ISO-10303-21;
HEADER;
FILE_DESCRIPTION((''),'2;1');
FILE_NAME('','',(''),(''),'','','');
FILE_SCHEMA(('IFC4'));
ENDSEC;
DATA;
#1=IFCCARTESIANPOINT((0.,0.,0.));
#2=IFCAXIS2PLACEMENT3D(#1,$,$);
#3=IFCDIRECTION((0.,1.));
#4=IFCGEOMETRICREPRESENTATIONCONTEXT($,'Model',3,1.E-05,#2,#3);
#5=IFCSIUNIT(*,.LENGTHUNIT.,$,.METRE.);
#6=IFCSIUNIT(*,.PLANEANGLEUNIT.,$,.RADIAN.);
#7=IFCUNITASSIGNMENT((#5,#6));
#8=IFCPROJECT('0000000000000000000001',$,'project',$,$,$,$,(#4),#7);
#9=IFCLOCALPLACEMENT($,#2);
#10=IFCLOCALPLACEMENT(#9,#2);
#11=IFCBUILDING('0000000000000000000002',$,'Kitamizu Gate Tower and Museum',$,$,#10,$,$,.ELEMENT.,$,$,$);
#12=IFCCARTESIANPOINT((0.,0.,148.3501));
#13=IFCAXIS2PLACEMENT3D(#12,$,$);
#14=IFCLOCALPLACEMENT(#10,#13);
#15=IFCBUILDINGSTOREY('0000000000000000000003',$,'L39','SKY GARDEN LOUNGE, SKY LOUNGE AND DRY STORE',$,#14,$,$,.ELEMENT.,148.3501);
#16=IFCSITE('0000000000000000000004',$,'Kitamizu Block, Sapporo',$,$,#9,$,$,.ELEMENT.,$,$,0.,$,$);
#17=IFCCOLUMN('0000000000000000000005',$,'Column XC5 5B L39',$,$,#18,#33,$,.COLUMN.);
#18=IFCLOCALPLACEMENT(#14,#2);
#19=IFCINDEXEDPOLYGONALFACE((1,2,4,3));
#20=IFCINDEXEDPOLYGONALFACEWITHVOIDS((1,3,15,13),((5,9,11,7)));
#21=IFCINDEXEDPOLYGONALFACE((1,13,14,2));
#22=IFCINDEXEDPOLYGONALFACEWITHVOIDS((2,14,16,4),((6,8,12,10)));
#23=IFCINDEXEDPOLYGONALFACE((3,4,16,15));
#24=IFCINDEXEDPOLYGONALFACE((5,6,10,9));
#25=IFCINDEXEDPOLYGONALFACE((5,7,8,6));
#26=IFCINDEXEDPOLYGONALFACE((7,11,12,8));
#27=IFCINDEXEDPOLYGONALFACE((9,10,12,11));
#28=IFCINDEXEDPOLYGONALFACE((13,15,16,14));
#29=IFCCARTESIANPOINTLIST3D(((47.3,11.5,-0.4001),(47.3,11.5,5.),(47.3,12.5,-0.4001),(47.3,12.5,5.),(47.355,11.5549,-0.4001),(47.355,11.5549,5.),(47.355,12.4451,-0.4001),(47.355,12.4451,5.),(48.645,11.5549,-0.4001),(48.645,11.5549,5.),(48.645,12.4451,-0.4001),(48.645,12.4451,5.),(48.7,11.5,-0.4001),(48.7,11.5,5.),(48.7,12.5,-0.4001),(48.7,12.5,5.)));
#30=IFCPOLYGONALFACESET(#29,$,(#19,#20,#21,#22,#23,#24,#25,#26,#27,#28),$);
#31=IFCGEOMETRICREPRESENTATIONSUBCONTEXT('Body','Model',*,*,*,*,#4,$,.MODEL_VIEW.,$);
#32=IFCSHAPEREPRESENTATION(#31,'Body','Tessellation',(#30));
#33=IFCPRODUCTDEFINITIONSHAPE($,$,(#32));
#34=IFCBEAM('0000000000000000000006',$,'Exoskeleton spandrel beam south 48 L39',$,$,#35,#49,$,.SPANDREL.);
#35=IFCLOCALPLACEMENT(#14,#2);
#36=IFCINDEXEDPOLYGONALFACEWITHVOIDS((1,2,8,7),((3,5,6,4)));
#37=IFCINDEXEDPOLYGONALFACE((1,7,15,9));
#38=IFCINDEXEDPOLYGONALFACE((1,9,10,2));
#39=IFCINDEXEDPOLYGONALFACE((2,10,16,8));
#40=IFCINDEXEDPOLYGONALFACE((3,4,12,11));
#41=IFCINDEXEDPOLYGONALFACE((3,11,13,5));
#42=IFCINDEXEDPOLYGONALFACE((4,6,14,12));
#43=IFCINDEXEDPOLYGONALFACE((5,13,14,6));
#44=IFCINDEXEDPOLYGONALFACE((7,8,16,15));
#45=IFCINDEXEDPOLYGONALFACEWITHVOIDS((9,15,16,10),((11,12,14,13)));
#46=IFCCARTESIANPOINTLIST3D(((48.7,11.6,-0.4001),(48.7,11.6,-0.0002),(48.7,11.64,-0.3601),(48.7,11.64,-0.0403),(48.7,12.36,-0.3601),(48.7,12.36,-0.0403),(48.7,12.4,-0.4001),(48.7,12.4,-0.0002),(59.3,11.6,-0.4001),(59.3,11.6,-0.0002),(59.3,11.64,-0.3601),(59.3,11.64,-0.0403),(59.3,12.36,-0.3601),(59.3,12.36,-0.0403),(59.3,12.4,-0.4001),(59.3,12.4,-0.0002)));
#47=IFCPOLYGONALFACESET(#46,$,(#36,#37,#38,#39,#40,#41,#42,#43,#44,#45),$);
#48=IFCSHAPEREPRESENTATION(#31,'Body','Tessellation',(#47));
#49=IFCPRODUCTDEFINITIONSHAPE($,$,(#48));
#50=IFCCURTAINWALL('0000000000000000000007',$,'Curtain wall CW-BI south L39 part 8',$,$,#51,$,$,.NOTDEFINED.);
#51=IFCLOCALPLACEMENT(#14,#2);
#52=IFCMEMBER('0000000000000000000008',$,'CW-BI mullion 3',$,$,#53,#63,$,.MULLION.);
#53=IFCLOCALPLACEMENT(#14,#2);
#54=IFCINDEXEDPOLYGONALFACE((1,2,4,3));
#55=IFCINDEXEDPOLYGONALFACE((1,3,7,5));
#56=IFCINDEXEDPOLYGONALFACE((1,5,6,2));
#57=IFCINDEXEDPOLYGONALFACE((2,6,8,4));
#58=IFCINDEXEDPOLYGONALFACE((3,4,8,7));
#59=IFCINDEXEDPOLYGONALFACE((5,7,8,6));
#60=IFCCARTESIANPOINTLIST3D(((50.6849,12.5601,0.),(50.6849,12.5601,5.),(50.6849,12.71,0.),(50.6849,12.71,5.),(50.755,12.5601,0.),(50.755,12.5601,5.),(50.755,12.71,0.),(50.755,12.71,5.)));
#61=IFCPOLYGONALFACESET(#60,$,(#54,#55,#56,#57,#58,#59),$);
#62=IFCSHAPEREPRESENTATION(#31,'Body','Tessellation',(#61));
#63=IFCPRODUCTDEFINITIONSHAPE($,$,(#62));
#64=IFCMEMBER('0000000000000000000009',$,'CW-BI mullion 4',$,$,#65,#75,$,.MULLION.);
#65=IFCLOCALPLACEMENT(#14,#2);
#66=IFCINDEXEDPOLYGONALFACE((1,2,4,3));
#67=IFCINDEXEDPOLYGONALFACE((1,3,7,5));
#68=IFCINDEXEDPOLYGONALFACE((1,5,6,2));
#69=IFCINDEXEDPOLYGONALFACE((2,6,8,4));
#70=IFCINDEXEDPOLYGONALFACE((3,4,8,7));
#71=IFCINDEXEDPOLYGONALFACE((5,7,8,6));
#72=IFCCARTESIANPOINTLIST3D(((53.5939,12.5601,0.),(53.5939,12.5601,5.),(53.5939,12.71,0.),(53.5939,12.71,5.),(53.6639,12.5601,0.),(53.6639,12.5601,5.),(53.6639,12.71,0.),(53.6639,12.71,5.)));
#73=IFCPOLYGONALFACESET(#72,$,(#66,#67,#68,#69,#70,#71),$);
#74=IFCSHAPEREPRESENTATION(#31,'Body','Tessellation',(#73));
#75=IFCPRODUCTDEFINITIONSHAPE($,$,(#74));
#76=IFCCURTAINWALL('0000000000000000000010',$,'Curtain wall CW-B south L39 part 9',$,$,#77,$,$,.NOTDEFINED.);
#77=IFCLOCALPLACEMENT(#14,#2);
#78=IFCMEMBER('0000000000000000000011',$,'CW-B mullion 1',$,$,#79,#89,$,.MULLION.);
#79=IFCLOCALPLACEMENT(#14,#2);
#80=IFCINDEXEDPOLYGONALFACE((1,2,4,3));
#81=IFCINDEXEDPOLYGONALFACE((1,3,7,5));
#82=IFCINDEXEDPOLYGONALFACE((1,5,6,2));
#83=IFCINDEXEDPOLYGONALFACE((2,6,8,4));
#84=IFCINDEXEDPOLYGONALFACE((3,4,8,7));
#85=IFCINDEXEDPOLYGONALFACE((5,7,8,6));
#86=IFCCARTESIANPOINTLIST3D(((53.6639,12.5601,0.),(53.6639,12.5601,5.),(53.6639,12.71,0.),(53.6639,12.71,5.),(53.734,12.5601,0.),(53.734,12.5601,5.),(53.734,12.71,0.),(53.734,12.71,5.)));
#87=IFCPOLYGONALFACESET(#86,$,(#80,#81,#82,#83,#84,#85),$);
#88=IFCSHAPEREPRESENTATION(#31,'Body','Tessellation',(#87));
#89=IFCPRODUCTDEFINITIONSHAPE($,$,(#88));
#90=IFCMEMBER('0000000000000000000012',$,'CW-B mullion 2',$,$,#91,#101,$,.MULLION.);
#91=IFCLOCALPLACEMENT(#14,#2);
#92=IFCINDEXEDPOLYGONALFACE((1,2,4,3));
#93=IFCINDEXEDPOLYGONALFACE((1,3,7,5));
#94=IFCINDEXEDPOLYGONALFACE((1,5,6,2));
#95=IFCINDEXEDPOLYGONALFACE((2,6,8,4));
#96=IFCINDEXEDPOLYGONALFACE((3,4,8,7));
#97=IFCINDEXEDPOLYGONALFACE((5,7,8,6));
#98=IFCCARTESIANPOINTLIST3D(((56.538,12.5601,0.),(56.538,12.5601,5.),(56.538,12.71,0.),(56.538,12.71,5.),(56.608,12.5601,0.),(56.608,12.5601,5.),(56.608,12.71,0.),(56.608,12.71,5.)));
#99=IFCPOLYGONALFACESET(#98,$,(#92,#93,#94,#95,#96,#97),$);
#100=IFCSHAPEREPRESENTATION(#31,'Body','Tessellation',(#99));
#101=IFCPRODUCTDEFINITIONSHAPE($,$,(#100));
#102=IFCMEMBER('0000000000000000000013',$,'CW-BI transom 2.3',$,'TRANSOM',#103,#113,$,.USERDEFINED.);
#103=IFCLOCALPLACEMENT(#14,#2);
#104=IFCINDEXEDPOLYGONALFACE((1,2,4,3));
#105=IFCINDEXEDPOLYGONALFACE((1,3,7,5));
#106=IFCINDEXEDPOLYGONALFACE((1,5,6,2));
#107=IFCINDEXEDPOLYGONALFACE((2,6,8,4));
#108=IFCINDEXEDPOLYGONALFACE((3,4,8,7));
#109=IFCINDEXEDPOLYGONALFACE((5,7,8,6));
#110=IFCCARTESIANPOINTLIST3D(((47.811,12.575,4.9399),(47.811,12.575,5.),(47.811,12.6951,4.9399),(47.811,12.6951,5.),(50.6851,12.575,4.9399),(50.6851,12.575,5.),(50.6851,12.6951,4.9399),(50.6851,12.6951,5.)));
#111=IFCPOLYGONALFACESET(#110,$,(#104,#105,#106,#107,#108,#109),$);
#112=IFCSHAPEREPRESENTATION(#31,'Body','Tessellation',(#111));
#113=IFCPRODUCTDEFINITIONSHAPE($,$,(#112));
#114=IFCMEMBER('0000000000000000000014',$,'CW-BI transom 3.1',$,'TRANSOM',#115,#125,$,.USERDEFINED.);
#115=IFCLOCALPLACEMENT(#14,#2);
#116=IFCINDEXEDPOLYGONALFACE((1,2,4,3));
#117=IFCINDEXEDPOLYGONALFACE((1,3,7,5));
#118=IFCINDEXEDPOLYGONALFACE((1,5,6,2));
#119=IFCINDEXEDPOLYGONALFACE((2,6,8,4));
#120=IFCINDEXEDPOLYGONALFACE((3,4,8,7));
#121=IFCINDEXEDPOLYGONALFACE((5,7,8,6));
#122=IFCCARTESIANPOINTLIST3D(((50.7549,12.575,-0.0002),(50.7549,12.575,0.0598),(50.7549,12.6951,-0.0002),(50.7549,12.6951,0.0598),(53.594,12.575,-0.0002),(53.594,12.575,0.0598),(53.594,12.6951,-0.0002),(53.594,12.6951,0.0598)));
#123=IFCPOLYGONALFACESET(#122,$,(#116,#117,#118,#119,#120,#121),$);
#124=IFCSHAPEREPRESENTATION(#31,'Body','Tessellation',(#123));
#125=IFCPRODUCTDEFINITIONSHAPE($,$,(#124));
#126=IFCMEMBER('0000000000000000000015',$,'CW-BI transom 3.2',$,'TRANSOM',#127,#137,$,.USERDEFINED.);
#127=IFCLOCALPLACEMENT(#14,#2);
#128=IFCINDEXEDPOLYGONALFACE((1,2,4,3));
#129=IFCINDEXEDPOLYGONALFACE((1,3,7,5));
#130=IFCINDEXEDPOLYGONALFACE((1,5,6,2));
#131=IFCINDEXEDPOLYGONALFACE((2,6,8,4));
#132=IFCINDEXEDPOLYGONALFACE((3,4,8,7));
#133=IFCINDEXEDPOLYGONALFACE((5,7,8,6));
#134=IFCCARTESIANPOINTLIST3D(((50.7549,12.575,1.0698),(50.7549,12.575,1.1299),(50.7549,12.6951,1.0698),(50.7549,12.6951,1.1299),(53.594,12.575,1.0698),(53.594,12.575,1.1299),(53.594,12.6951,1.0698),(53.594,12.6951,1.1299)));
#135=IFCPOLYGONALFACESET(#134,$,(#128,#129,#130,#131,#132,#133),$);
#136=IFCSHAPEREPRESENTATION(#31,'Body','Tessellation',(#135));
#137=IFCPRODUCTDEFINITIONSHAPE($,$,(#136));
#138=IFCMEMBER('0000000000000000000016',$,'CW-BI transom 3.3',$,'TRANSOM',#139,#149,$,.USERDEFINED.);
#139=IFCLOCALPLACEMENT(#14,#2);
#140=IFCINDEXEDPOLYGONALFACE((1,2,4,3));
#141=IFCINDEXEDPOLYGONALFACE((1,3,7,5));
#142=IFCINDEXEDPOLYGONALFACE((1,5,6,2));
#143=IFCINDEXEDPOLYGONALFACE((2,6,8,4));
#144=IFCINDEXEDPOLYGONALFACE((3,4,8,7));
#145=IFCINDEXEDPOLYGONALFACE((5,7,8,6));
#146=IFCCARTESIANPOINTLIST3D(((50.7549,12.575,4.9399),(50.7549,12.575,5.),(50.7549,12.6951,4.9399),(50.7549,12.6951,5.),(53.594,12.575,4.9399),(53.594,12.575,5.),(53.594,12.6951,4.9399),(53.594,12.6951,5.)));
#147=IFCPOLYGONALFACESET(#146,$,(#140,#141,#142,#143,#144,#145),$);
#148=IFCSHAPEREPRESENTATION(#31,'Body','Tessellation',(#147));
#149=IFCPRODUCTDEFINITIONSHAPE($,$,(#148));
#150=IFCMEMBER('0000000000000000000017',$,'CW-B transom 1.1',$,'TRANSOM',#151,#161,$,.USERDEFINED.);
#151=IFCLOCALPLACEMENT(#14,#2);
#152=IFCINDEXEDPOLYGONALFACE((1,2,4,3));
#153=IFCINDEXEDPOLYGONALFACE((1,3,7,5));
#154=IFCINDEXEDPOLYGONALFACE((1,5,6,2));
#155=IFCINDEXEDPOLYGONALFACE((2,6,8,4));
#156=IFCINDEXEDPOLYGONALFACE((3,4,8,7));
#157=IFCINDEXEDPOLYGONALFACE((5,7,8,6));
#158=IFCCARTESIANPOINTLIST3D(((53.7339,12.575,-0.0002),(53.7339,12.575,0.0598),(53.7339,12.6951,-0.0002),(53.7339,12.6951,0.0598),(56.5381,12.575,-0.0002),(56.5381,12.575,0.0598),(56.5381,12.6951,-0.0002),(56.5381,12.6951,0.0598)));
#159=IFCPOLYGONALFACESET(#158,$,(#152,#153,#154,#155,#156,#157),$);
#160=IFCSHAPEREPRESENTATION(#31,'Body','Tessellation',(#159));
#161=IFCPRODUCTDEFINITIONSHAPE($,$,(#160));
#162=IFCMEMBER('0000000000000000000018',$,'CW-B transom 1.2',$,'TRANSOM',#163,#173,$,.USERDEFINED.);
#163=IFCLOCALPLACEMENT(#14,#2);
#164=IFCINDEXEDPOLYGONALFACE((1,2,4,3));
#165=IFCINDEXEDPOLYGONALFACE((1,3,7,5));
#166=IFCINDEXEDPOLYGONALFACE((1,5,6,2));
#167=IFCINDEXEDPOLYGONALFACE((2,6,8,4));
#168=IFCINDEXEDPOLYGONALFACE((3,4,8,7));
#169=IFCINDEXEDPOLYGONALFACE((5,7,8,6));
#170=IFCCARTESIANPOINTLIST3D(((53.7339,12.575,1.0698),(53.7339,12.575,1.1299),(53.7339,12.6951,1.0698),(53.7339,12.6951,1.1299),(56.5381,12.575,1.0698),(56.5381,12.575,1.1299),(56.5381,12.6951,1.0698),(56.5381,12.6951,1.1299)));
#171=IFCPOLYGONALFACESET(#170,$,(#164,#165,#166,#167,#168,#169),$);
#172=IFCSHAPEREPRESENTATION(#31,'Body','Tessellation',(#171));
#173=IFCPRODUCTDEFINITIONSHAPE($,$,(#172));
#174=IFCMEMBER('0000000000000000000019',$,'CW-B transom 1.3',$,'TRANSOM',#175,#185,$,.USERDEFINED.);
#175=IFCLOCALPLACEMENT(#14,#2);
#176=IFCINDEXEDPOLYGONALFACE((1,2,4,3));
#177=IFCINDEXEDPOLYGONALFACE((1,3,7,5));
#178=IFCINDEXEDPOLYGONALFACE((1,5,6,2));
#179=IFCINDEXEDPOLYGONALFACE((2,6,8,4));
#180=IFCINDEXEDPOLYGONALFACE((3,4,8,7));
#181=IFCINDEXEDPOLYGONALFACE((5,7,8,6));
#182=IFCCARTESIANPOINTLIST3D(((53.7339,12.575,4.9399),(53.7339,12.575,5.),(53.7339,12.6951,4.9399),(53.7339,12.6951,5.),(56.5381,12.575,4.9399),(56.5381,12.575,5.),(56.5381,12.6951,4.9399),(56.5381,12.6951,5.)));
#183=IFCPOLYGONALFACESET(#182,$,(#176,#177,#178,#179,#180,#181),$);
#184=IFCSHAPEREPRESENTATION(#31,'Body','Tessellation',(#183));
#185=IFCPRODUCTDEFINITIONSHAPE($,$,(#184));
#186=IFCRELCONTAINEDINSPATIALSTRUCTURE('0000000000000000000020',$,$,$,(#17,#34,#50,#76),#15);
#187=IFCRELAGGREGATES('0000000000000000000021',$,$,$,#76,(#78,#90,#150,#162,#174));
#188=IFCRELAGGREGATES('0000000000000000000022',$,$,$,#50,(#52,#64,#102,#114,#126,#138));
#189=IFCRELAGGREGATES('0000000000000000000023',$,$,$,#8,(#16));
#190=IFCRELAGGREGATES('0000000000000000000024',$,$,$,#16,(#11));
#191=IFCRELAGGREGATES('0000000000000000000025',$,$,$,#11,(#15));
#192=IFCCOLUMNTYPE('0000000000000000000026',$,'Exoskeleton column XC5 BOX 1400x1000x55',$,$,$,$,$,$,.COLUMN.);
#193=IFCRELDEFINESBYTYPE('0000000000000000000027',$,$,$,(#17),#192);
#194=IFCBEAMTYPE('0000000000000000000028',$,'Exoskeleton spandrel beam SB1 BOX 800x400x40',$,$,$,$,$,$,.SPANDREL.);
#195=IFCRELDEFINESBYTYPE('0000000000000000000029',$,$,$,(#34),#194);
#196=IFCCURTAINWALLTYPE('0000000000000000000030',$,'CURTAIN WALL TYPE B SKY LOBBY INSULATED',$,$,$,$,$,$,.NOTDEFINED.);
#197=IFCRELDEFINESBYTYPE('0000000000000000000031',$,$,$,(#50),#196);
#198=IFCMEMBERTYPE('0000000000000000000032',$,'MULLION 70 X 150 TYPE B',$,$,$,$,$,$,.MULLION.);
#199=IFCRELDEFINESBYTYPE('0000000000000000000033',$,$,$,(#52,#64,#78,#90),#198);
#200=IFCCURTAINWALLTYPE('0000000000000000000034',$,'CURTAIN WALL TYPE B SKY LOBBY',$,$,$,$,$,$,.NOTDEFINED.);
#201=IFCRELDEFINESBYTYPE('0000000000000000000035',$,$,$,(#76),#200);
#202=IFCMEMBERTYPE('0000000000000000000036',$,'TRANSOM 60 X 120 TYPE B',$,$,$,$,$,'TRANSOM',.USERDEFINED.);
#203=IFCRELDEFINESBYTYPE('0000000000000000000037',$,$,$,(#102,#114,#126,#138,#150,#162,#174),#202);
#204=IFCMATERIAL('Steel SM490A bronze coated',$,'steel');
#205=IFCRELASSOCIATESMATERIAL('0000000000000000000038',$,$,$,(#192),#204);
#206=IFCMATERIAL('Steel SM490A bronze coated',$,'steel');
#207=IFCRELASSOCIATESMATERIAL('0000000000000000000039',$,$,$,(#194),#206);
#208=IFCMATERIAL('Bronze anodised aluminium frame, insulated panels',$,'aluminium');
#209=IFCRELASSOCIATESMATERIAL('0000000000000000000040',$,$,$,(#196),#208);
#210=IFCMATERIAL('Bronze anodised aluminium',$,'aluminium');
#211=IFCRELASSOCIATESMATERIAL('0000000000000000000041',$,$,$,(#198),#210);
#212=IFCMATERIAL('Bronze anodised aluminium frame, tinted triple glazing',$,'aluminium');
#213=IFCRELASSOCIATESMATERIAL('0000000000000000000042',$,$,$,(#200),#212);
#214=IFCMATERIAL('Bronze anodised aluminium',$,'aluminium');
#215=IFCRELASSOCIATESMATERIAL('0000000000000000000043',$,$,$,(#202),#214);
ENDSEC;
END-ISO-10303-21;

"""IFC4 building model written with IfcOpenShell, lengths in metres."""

from ifc_helpers import new_model, si_unit, direction, frame, origin, origin_2d, place, context, subcontext, project, spatial, rectangle, hollow_rectangle, extrude, material, material_profile, profile_set, type_object, element, aggregate, save


model = new_model("IFC4")

# Units and contexts
model_context = context("Model", 3, precision=1e-05, world=origin(), true_north=direction((0.0, 1.0)))
body_context = subcontext(model_context, "Body", "Model", "MODEL_VIEW")
ifc_project = project(units=[si_unit("LENGTHUNIT", "METRE"), si_unit("PLANEANGLEUNIT", "RADIAN")], contexts=[model_context])

# Site, building, storey
site_placement = place(None, origin())
site = spatial("IfcSite", under=ifc_project, at=site_placement, Name="Kitamizu Block, Sapporo", CompositionType="ELEMENT", RefElevation=0.0)
building_placement = place(site_placement, origin())
building = spatial("IfcBuilding", under=site, at=building_placement, Name="Kitamizu Gate Tower and Museum", CompositionType="ELEMENT")
storey_placement = place(building_placement, frame((0.0, 0.0, 148.3501)))
storey = spatial("IfcBuildingStorey", under=building, at=storey_placement, Name="L39", Description="SKY GARDEN LOUNGE, SKY LOUNGE AND DRY STORE", CompositionType="ELEMENT", Elevation=148.3501)

# Column
ifc_material_1 = material(Name="Steel SM490A bronze coated", Category="steel")
ifc_material_profile_1 = material_profile(ifc_material_1, hollow_rectangle(XDim=1.3999, YDim=1.0, WallThickness=0.0549, at=origin_2d()), Name="BOX 1400x1000x55")
ifc_profile_set_1 = profile_set([ifc_material_profile_1], Name="Steel SM490A bronze coated")
column_type = type_object("IfcColumnType", Name="Exoskeleton column XC5 BOX 1400x1000x55", PredefinedType="COLUMN", material=ifc_profile_set_1)
column_placement = place(storey_placement, frame((48.0, 12.0, -0.4001), z_axis=(0.0, 0.0, 1.0), x_axis=(1.0, 0.0, 0.0)))
element("IfcColumn", 1, at=column_placement, inside=storey, type_object=column_type, Name="Column XC5 5B L39", PredefinedType="COLUMN", context=body_context, shape_type="SweptSolid", body=[
    extrude(hollow_rectangle(XDim=1.3999, YDim=1.0, WallThickness=0.0549, at=origin_2d()), origin(), (0.0, 0.0, 1.0), 5.4001),
])

# Beam
ifc_material_2 = material(Name="Steel SM490A bronze coated", Category="steel")
ifc_material_profile_2 = material_profile(ifc_material_2, hollow_rectangle(XDim=0.8, YDim=0.3999, WallThickness=0.04, at=origin_2d()), Name="BOX 800x400x40")
ifc_profile_set_2 = profile_set([ifc_material_profile_2], Name="Steel SM490A bronze coated")
beam_type = type_object("IfcBeamType", Name="Exoskeleton spandrel beam SB1 BOX 800x400x40", PredefinedType="SPANDREL", material=ifc_profile_set_2)
beam_placement = place(storey_placement, frame((48.7, 12.0, -0.2002), z_axis=(1.0, 0.0, 0.0), x_axis=(0.0, 1.0, 0.0)))
element("IfcBeam", 2, at=beam_placement, inside=storey, type_object=beam_type, Name="Exoskeleton spandrel beam south 48 L39", PredefinedType="SPANDREL", context=body_context, shape_type="SweptSolid", body=[
    extrude(hollow_rectangle(XDim=0.8, YDim=0.3999, WallThickness=0.04, at=origin_2d()), origin(), (0.0, 0.0, 1.0), 10.6001),
])

# Curtain walls, members
ifc_material_3 = material(Name="Bronze anodised aluminium frame, insulated panels", Category="aluminium")
curtain_wall_type_1 = type_object("IfcCurtainWallType", Name="CURTAIN WALL TYPE B SKY LOBBY INSULATED", PredefinedType="NOTDEFINED", material=ifc_material_3)
curtain_wall_1_placement = place(storey_placement, origin())
curtain_wall_1 = element("IfcCurtainWall", 3, at=curtain_wall_1_placement, inside=storey, type_object=curtain_wall_type_1, Name="Curtain wall CW-BI south L39 part 8", PredefinedType="NOTDEFINED")
ifc_material_4 = material(Name="Bronze anodised aluminium", Category="aluminium")
ifc_material_profile_3 = material_profile(ifc_material_4, rectangle(XDim=0.0701, YDim=0.1499, at=origin_2d()), Name="AL 70X150")
ifc_profile_set_3 = profile_set([ifc_material_profile_3], Name="Bronze anodised aluminium")
member_type_1 = type_object("IfcMemberType", Name="MULLION 70 X 150 TYPE B", PredefinedType="MULLION", material=ifc_profile_set_3)
member_1_placement = place(storey_placement, frame((50.72, 12.635, 0.0), z_axis=(0.0, 0.0, 1.0), x_axis=(1.0, 0.0, 0.0)))
member_1 = element("IfcMember", 4, at=member_1_placement, type_object=member_type_1, Name="CW-BI mullion 3", PredefinedType="MULLION", context=body_context, shape_type="SweptSolid", body=[
    extrude(rectangle(XDim=0.0701, YDim=0.1499, at=origin_2d()), origin(), (0.0, 0.0, 1.0), 5.0),
])
member_2_placement = place(storey_placement, frame((53.6289, 12.635, 0.0), z_axis=(0.0, 0.0, 1.0), x_axis=(1.0, 0.0, 0.0)))
member_2 = element("IfcMember", 5, at=member_2_placement, type_object=member_type_1, Name="CW-BI mullion 4", PredefinedType="MULLION", context=body_context, shape_type="SweptSolid", body=[
    extrude(rectangle(XDim=0.0701, YDim=0.1499, at=origin_2d()), origin(), (0.0, 0.0, 1.0), 5.0),
])
ifc_material_5 = material(Name="Bronze anodised aluminium frame, tinted triple glazing", Category="aluminium")
curtain_wall_type_2 = type_object("IfcCurtainWallType", Name="CURTAIN WALL TYPE B SKY LOBBY", PredefinedType="NOTDEFINED", material=ifc_material_5)
curtain_wall_2_placement = place(storey_placement, origin())
curtain_wall_2 = element("IfcCurtainWall", 6, at=curtain_wall_2_placement, inside=storey, type_object=curtain_wall_type_2, Name="Curtain wall CW-B south L39 part 9", PredefinedType="NOTDEFINED")
member_3_placement = place(storey_placement, frame((53.699, 12.635, 0.0), z_axis=(0.0, 0.0, 1.0), x_axis=(1.0, 0.0, 0.0)))
member_3 = element("IfcMember", 7, at=member_3_placement, type_object=member_type_1, Name="CW-B mullion 1", PredefinedType="MULLION", context=body_context, shape_type="SweptSolid", body=[
    extrude(rectangle(XDim=0.0701, YDim=0.1499, at=origin_2d()), origin(), (0.0, 0.0, 1.0), 5.0),
])
member_4_placement = place(storey_placement, frame((56.573, 12.635, 0.0), z_axis=(0.0, 0.0, 1.0), x_axis=(1.0, 0.0, 0.0)))
member_4 = element("IfcMember", 8, at=member_4_placement, type_object=member_type_1, Name="CW-B mullion 2", PredefinedType="MULLION", context=body_context, shape_type="SweptSolid", body=[
    extrude(rectangle(XDim=0.0701, YDim=0.1499, at=origin_2d()), origin(), (0.0, 0.0, 1.0), 5.0),
])

# Members
ifc_material_6 = material(Name="Bronze anodised aluminium", Category="aluminium")
ifc_material_profile_4 = material_profile(ifc_material_6, rectangle(XDim=0.1201, YDim=0.0601, at=origin_2d()), Name="AL 60X120")
ifc_profile_set_4 = profile_set([ifc_material_profile_4], Name="Bronze anodised aluminium")
member_type_2 = type_object("IfcMemberType", Name="TRANSOM 60 X 120 TYPE B", ElementType="TRANSOM", PredefinedType="USERDEFINED", material=ifc_profile_set_4)
member_5_placement = place(storey_placement, frame((47.811, 12.635, 4.97), z_axis=(1.0, 0.0, 0.0), x_axis=(0.0, 1.0, 0.0)))
member_5 = element("IfcMember", 9, at=member_5_placement, type_object=member_type_2, Name="CW-BI transom 2.3", ObjectType="TRANSOM", PredefinedType="USERDEFINED", context=body_context, shape_type="SweptSolid", body=[
    extrude(rectangle(XDim=0.1201, YDim=0.0601, at=origin_2d()), origin(), (0.0, 0.0, 1.0), 2.874),
])
member_6_placement = place(storey_placement, frame((50.7549, 12.635, 0.0298), z_axis=(1.0, 0.0, 0.0), x_axis=(0.0, 1.0, 0.0)))
member_6 = element("IfcMember", 10, at=member_6_placement, type_object=member_type_2, Name="CW-BI transom 3.1", ObjectType="TRANSOM", PredefinedType="USERDEFINED", context=body_context, shape_type="SweptSolid", body=[
    extrude(rectangle(XDim=0.1201, YDim=0.0601, at=origin_2d()), origin(), (0.0, 0.0, 1.0), 2.8391),
])
member_7_placement = place(storey_placement, frame((50.7549, 12.635, 1.0999), z_axis=(1.0, 0.0, 0.0), x_axis=(0.0, 1.0, 0.0)))
member_7 = element("IfcMember", 11, at=member_7_placement, type_object=member_type_2, Name="CW-BI transom 3.2", ObjectType="TRANSOM", PredefinedType="USERDEFINED", context=body_context, shape_type="SweptSolid", body=[
    extrude(rectangle(XDim=0.1201, YDim=0.0601, at=origin_2d()), origin(), (0.0, 0.0, 1.0), 2.8391),
])
member_8_placement = place(storey_placement, frame((50.7549, 12.635, 4.97), z_axis=(1.0, 0.0, 0.0), x_axis=(0.0, 1.0, 0.0)))
member_8 = element("IfcMember", 12, at=member_8_placement, type_object=member_type_2, Name="CW-BI transom 3.3", ObjectType="TRANSOM", PredefinedType="USERDEFINED", context=body_context, shape_type="SweptSolid", body=[
    extrude(rectangle(XDim=0.1201, YDim=0.0601, at=origin_2d()), origin(), (0.0, 0.0, 1.0), 2.8391),
])
member_9_placement = place(storey_placement, frame((53.7339, 12.635, 0.0298), z_axis=(1.0, 0.0, 0.0), x_axis=(0.0, 1.0, 0.0)))
member_9 = element("IfcMember", 13, at=member_9_placement, type_object=member_type_2, Name="CW-B transom 1.1", ObjectType="TRANSOM", PredefinedType="USERDEFINED", context=body_context, shape_type="SweptSolid", body=[
    extrude(rectangle(XDim=0.1201, YDim=0.0601, at=origin_2d()), origin(), (0.0, 0.0, 1.0), 2.8042),
])
member_10_placement = place(storey_placement, frame((53.7339, 12.635, 1.0999), z_axis=(1.0, 0.0, 0.0), x_axis=(0.0, 1.0, 0.0)))
member_10 = element("IfcMember", 14, at=member_10_placement, type_object=member_type_2, Name="CW-B transom 1.2", ObjectType="TRANSOM", PredefinedType="USERDEFINED", context=body_context, shape_type="SweptSolid", body=[
    extrude(rectangle(XDim=0.1201, YDim=0.0601, at=origin_2d()), origin(), (0.0, 0.0, 1.0), 2.8042),
])
member_11_placement = place(storey_placement, frame((53.7339, 12.635, 4.97), z_axis=(1.0, 0.0, 0.0), x_axis=(0.0, 1.0, 0.0)))
member_11 = element("IfcMember", 15, at=member_11_placement, type_object=member_type_2, Name="CW-B transom 1.3", ObjectType="TRANSOM", PredefinedType="USERDEFINED", context=body_context, shape_type="SweptSolid", body=[
    extrude(rectangle(XDim=0.1201, YDim=0.0601, at=origin_2d()), origin(), (0.0, 0.0, 1.0), 2.8042),
])

aggregate(curtain_wall_2, [member_3, member_4, member_9, member_10, member_11])
aggregate(curtain_wall_1, [member_1, member_2, member_5, member_6, member_7, member_8])

save(model, "model.ifc")
